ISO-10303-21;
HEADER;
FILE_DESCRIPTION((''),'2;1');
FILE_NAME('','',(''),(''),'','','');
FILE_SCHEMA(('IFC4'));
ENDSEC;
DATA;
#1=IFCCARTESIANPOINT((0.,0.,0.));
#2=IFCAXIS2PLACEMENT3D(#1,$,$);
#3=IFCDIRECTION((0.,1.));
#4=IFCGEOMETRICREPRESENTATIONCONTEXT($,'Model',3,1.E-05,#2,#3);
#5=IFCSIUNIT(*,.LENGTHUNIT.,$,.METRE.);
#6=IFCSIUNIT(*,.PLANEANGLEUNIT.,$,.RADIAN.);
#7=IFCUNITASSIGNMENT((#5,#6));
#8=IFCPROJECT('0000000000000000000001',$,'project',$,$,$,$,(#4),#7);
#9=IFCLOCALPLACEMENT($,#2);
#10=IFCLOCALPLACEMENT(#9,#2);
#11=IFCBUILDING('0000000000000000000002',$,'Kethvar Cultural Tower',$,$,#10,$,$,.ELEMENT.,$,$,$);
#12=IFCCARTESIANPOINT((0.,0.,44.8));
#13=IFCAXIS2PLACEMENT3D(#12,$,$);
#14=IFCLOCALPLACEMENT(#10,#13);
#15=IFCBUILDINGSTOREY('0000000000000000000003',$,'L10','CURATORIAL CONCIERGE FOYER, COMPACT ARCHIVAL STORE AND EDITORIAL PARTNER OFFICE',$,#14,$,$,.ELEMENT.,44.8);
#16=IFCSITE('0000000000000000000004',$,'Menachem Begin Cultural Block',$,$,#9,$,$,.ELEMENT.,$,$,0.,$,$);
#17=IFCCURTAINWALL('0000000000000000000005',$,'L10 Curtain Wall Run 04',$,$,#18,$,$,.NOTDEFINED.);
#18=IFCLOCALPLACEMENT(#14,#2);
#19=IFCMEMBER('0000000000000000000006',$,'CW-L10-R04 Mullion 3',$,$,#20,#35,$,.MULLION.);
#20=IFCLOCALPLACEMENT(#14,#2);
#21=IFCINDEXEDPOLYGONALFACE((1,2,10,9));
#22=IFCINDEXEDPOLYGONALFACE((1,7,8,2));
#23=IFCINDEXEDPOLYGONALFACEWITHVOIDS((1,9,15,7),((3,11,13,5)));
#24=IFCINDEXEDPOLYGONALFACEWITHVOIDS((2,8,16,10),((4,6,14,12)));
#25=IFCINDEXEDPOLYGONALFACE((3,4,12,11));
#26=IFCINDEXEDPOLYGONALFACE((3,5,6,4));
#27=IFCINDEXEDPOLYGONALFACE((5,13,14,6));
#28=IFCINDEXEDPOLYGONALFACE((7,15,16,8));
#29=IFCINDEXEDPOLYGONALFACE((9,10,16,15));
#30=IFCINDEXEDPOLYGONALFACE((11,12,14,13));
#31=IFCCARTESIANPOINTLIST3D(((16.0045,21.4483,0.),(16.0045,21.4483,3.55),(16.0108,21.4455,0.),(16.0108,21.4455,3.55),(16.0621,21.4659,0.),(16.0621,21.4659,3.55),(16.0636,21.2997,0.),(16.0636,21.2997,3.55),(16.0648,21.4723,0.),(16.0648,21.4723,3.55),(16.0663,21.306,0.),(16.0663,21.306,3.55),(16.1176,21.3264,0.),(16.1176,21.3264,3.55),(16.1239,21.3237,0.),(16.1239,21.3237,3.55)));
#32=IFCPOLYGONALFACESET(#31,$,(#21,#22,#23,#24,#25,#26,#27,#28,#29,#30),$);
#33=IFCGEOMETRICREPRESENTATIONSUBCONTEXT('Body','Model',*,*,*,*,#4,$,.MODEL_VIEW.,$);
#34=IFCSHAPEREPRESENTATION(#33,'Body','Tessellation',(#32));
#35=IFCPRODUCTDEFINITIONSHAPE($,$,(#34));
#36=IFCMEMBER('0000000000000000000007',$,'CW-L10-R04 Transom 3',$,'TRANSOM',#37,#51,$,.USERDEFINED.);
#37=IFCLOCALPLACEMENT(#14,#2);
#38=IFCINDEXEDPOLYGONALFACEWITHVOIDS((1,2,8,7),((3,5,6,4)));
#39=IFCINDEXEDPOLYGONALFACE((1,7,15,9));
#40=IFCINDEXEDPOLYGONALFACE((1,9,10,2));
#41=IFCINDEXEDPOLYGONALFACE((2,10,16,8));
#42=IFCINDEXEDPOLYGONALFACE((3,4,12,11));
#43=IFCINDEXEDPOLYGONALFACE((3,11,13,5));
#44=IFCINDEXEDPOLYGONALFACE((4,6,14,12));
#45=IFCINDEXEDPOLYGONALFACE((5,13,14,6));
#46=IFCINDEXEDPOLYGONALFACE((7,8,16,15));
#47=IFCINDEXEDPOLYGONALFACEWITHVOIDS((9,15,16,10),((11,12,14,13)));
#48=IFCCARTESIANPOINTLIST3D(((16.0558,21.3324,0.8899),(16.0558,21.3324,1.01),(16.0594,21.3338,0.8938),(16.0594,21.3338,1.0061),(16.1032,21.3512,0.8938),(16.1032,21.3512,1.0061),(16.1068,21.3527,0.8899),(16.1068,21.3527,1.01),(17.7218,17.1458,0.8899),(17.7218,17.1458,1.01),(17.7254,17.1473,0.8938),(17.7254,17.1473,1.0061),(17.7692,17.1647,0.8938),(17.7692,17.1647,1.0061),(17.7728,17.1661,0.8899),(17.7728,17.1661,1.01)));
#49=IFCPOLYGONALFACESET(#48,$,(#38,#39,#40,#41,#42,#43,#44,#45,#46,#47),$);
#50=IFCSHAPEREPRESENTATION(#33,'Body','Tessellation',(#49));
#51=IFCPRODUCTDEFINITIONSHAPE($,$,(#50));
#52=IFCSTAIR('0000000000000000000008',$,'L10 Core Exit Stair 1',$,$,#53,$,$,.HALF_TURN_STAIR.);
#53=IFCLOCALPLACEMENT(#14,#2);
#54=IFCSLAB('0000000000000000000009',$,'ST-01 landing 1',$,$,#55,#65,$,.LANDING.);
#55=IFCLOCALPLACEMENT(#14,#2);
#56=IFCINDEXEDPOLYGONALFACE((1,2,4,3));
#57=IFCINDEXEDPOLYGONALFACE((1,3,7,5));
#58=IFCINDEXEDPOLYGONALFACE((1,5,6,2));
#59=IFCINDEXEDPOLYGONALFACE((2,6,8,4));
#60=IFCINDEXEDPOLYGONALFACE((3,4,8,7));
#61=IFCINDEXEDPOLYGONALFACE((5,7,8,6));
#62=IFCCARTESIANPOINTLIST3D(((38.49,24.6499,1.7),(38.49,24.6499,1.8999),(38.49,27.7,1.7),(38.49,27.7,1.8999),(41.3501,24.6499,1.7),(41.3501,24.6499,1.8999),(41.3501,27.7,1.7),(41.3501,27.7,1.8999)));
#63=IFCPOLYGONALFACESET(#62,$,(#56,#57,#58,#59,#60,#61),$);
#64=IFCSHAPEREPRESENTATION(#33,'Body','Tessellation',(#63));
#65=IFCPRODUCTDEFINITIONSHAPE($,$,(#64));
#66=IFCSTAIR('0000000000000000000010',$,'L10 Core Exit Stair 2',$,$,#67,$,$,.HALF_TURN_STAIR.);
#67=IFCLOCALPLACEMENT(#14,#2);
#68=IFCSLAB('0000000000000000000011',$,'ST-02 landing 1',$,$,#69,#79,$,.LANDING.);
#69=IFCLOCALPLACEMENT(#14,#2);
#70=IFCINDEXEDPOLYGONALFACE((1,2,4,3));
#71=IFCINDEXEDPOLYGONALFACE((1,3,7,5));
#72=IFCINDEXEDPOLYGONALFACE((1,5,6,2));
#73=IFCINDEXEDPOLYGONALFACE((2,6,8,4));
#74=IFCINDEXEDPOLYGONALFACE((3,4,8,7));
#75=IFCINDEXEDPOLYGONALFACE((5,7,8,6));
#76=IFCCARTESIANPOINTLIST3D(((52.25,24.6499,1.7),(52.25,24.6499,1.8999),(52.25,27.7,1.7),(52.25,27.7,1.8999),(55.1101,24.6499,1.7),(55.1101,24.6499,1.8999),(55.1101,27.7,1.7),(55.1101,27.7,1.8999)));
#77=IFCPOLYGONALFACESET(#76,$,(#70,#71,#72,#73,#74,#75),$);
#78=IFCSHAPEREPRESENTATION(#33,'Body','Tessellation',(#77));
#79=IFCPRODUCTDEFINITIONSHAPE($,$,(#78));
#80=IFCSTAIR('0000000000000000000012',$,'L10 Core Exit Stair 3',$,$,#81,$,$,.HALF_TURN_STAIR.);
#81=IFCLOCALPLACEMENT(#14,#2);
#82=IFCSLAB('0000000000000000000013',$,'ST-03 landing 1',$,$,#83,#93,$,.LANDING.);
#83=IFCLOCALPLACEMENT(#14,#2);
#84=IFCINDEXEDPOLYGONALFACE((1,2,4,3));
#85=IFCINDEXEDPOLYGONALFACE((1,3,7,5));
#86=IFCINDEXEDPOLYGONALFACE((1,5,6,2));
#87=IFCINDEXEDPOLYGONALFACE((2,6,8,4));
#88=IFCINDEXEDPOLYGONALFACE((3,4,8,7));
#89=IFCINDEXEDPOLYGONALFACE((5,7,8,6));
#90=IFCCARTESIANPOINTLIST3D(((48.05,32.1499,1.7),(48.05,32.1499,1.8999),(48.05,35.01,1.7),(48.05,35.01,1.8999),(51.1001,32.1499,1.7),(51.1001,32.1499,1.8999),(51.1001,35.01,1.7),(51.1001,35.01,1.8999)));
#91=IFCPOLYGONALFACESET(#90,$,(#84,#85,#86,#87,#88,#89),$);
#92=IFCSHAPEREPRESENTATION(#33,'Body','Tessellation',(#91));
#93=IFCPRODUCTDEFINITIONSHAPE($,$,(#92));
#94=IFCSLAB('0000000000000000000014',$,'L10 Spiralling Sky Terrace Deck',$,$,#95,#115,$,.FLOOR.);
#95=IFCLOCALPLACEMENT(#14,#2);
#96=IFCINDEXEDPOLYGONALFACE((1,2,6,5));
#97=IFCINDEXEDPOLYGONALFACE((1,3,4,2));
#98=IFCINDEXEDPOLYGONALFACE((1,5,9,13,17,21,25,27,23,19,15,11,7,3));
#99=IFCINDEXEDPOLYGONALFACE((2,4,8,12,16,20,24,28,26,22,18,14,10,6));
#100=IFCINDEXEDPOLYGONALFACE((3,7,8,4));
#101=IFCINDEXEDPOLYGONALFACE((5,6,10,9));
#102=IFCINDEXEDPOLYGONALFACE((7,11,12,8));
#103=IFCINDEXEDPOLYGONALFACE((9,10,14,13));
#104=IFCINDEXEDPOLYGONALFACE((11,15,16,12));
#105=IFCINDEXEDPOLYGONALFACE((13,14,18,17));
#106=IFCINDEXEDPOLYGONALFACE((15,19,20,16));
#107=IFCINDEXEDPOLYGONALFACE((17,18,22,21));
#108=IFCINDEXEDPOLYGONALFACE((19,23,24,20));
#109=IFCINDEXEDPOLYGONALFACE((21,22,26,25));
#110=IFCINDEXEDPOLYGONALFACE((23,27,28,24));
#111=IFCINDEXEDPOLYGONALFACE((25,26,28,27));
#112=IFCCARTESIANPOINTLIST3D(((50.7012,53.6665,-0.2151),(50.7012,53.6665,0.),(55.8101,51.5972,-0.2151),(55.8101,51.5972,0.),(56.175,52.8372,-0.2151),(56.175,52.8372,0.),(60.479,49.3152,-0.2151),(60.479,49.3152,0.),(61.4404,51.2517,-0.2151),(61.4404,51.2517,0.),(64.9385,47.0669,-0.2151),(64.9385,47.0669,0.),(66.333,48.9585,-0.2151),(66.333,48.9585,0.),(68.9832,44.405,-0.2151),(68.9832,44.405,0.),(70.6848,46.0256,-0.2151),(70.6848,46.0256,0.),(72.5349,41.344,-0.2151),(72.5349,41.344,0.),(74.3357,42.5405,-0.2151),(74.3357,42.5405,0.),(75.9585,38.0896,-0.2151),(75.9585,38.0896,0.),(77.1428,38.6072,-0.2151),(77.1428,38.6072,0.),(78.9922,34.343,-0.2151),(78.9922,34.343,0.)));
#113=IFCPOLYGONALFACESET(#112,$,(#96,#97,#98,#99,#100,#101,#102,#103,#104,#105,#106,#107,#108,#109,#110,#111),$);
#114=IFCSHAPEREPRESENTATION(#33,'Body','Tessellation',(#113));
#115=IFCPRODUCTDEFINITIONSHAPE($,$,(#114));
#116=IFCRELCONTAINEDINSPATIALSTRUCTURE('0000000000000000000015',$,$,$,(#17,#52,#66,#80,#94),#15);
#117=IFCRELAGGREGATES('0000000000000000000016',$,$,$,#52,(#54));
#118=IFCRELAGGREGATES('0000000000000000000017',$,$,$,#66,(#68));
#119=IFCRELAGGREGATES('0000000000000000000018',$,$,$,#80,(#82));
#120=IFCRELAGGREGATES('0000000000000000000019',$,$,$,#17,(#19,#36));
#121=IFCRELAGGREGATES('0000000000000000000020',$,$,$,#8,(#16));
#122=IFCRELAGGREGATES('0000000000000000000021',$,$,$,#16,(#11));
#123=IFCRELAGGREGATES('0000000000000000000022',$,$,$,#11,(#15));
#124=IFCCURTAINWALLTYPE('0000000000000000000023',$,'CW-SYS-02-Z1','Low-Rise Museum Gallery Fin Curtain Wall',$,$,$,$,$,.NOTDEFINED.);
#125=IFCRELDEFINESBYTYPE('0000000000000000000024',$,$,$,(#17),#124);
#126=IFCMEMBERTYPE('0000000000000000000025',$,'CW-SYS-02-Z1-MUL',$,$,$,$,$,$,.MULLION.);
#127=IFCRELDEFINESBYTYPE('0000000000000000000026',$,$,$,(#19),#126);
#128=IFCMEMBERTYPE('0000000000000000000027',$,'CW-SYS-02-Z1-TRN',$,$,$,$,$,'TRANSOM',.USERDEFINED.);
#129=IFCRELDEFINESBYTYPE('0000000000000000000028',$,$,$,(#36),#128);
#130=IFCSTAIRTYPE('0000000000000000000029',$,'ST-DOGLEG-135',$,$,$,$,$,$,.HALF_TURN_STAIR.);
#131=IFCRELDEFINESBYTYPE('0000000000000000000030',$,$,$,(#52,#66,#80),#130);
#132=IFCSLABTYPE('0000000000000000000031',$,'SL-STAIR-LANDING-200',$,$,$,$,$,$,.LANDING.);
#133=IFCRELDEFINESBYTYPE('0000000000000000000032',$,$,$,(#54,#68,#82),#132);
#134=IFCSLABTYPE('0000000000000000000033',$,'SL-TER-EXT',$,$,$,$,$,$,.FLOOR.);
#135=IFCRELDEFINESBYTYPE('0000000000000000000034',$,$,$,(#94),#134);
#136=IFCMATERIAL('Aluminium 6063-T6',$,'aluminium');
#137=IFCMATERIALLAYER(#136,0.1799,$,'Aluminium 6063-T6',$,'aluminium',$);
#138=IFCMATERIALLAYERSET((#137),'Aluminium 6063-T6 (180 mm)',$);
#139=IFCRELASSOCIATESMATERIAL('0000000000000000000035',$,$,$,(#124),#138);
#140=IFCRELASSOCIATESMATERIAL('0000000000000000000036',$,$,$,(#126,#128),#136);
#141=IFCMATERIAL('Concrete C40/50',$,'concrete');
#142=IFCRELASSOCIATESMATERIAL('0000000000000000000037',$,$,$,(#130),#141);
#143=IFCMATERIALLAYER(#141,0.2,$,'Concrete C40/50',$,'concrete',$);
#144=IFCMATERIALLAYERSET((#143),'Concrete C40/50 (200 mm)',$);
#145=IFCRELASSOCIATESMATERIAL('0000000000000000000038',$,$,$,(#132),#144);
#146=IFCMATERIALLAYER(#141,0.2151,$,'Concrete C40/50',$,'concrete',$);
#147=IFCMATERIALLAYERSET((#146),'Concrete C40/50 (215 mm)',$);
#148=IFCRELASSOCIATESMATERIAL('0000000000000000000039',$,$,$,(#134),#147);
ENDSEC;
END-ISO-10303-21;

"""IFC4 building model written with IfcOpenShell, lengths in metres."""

from ifc_helpers import new_model, si_unit, direction, frame, origin, origin_2d, place, context, subcontext, project, spatial, polyline, hollow_rectangle, outline, extrude, source, transform, mapped, material, layer, layer_set, material_profile, profile_set, type_object, element, aggregate, save


model = new_model("IFC4")

# Units and contexts
model_context = context("Model", 3, precision=1e-05, world=origin(), true_north=direction((0.0, 1.0)))
body_context = subcontext(model_context, "Body", "Model", "MODEL_VIEW")
ifc_project = project(units=[si_unit("LENGTHUNIT", "METRE"), si_unit("PLANEANGLEUNIT", "RADIAN")], contexts=[model_context])

# Site, building, storey
site_placement = place(None, origin())
site = spatial("IfcSite", under=ifc_project, at=site_placement, Name="Menachem Begin Cultural Block", CompositionType="ELEMENT", RefElevation=0.0)
building_placement = place(site_placement, origin())
building = spatial("IfcBuilding", under=site, at=building_placement, Name="Kethvar Cultural Tower", CompositionType="ELEMENT")
storey_placement = place(building_placement, frame((0.0, 0.0, 44.8)))
storey = spatial("IfcBuildingStorey", under=building, at=storey_placement, Name="L10", Description="CURATORIAL CONCIERGE FOYER, COMPACT ARCHIVAL STORE AND EDITORIAL PARTNER OFFICE", CompositionType="ELEMENT", Elevation=44.8)

# Curtain wall, members
ifc_material_1 = material(Name="Aluminium 6063-T6", Category="aluminium")
ifc_layer_1 = layer(ifc_material_1, 0.1799, Name="Aluminium 6063-T6", Category="aluminium")
ifc_layer_set_1 = layer_set([ifc_layer_1], Name="Aluminium 6063-T6 (180 mm)")
curtain_wall_type = type_object("IfcCurtainWallType", Name="CW-SYS-02-Z1", Description="Low-Rise Museum Gallery Fin Curtain Wall", PredefinedType="NOTDEFINED", material=ifc_layer_set_1)
curtain_wall_placement = place(storey_placement, origin())
curtain_wall = element("IfcCurtainWall", 1, at=curtain_wall_placement, inside=storey, type_object=curtain_wall_type, Name="L10 Curtain Wall Run 04", PredefinedType="NOTDEFINED")
ifc_material_profile_1 = material_profile(ifc_material_1, hollow_rectangle(XDim=0.0649, YDim=0.1599, WallThickness=0.0049, at=origin_2d()), Name="Aluminium 6063-T6 — RHS160x65x5")
ifc_profile_set_1 = profile_set([ifc_material_profile_1], Name="Aluminium 6063-T6 — RHS160x65x5")
member_type_1 = type_object("IfcMemberType", Name="CW-SYS-02-Z1-MUL", PredefinedType="MULLION", material=ifc_profile_set_1)
shared_shape_1 = source(origin(), body_context, "Body", "SweptSolid", [
    extrude(hollow_rectangle(XDim=0.0649, YDim=0.1599, WallThickness=0.0049, at=origin_2d()), origin(), (0.0, 0.0, 1.0), 3.55),
])
member_1_placement = place(storey_placement, frame((16.0642, 21.386, 0.0), z_axis=(0.0, 0.0, 1.0), x_axis=(0.929133, 0.369747, 0.0)))
member_1 = element("IfcMember", 2, at=member_1_placement, type_object=member_type_1, Name="CW-L10-R04 Mullion 3", PredefinedType="MULLION", context=body_context, shape_type="MappedRepresentation", body=[
    mapped(shared_shape_1, transform((0.0, 0.0, 0.0), scale=1.0)),
])
ifc_material_profile_2 = material_profile(ifc_material_1, hollow_rectangle(XDim=0.0549, YDim=0.1201, WallThickness=0.0039, at=origin_2d()), Name="Aluminium 6063-T6 — RHS120x55x4")
ifc_profile_set_2 = profile_set([ifc_material_profile_2], Name="Aluminium 6063-T6 — RHS120x55x4")
member_type_2 = type_object("IfcMemberType", Name="CW-SYS-02-Z1-TRN", ElementType="TRANSOM", PredefinedType="USERDEFINED", material=ifc_profile_set_2)
shared_shape_2 = source(origin(), body_context, "Body", "SweptSolid", [
    extrude(hollow_rectangle(XDim=0.0549, YDim=0.1201, WallThickness=0.0039, at=origin_2d()), origin(), (0.0, 0.0, 1.0), 4.5059),
])
member_2_placement = place(storey_placement, frame((16.0813, 21.3425, 0.95), z_axis=(0.369746, -0.929133, 0.0), x_axis=(0.929133, 0.369746, 0.0)))
member_2 = element("IfcMember", 3, at=member_2_placement, type_object=member_type_2, Name="CW-L10-R04 Transom 3", ObjectType="TRANSOM", PredefinedType="USERDEFINED", context=body_context, shape_type="MappedRepresentation", body=[
    mapped(shared_shape_2, transform((0.0, 0.0, 0.0), scale=1.0)),
])

# Stairs, slabs
ifc_material_2 = material(Name="Concrete C40/50", Category="concrete")
stair_type = type_object("IfcStairType", Name="ST-DOGLEG-135", PredefinedType="HALF_TURN_STAIR", material=ifc_material_2)
stair_1_placement = place(storey_placement, origin())
stair_1 = element("IfcStair", 4, at=stair_1_placement, inside=storey, type_object=stair_type, Name="L10 Core Exit Stair 1", PredefinedType="HALF_TURN_STAIR")
ifc_layer_2 = layer(ifc_material_2, 0.2, Name="Concrete C40/50", Category="concrete")
ifc_layer_set_2 = layer_set([ifc_layer_2], Name="Concrete C40/50 (200 mm)")
slab_type_1 = type_object("IfcSlabType", Name="SL-STAIR-LANDING-200", PredefinedType="LANDING", material=ifc_layer_set_2)
slab_1_placement = place(storey_placement, frame((0.0, 0.0, 1.7)))
slab_1 = element("IfcSlab", 5, at=slab_1_placement, type_object=slab_type_1, Name="ST-01 landing 1", PredefinedType="LANDING", context=body_context, shape_type="SweptSolid", body=[
    extrude(outline(polyline([(41.3501, 24.6499), (41.3501, 27.7), (38.49, 27.7), (38.49, 24.6499), (41.3501, 24.6499)])), origin(), (0.0, 0.0, 1.0), 0.2),
])
aggregate(stair_1, [slab_1])
stair_2_placement = place(storey_placement, origin())
stair_2 = element("IfcStair", 6, at=stair_2_placement, inside=storey, type_object=stair_type, Name="L10 Core Exit Stair 2", PredefinedType="HALF_TURN_STAIR")
slab_2_placement = place(storey_placement, frame((0.0, 0.0, 1.7)))
slab_2 = element("IfcSlab", 7, at=slab_2_placement, type_object=slab_type_1, Name="ST-02 landing 1", PredefinedType="LANDING", context=body_context, shape_type="SweptSolid", body=[
    extrude(outline(polyline([(55.1101, 24.6499), (55.1101, 27.7), (52.25, 27.7), (52.25, 24.6499), (55.1101, 24.6499)])), origin(), (0.0, 0.0, 1.0), 0.2),
])
aggregate(stair_2, [slab_2])
stair_3_placement = place(storey_placement, origin())
stair_3 = element("IfcStair", 8, at=stair_3_placement, inside=storey, type_object=stair_type, Name="L10 Core Exit Stair 3", PredefinedType="HALF_TURN_STAIR")
slab_3_placement = place(storey_placement, frame((0.0, 0.0, 1.7)))
slab_3 = element("IfcSlab", 9, at=slab_3_placement, type_object=slab_type_1, Name="ST-03 landing 1", PredefinedType="LANDING", context=body_context, shape_type="SweptSolid", body=[
    extrude(outline(polyline([(51.1001, 35.01), (48.05, 35.01), (48.05, 32.1499), (51.1001, 32.1499), (51.1001, 35.01)])), origin(), (0.0, 0.0, 1.0), 0.2),
])
aggregate(stair_3, [slab_3])

# Slab
ifc_layer_3 = layer(ifc_material_2, 0.2151, Name="Concrete C40/50", Category="concrete")
ifc_layer_set_3 = layer_set([ifc_layer_3], Name="Concrete C40/50 (215 mm)")
slab_type_2 = type_object("IfcSlabType", Name="SL-TER-EXT", PredefinedType="FLOOR", material=ifc_layer_set_3)
slab_4_placement = place(storey_placement, frame((0.0, 0.0, -0.2151)))
element("IfcSlab", 10, at=slab_4_placement, inside=storey, type_object=slab_type_2, Name="L10 Spiralling Sky Terrace Deck", PredefinedType="FLOOR", context=body_context, shape_type="SweptSolid", body=[
    extrude(outline(polyline([(78.9922, 34.343), (77.1428, 38.6072), (74.3357, 42.5405), (70.6848, 46.0256), (66.333, 48.9585), (61.4404, 51.2517), (56.175, 52.8372), (50.7012, 53.6665), (55.8101, 51.5972), (60.479, 49.3152), (64.9385, 47.0669), (68.9832, 44.405), (72.5349, 41.344), (75.9585, 38.0896), (78.9922, 34.343)])), origin(), (0.0, 0.0, 1.0), 0.2151),
])

aggregate(curtain_wall, [member_1, member_2])

save(model, "model.ifc")
